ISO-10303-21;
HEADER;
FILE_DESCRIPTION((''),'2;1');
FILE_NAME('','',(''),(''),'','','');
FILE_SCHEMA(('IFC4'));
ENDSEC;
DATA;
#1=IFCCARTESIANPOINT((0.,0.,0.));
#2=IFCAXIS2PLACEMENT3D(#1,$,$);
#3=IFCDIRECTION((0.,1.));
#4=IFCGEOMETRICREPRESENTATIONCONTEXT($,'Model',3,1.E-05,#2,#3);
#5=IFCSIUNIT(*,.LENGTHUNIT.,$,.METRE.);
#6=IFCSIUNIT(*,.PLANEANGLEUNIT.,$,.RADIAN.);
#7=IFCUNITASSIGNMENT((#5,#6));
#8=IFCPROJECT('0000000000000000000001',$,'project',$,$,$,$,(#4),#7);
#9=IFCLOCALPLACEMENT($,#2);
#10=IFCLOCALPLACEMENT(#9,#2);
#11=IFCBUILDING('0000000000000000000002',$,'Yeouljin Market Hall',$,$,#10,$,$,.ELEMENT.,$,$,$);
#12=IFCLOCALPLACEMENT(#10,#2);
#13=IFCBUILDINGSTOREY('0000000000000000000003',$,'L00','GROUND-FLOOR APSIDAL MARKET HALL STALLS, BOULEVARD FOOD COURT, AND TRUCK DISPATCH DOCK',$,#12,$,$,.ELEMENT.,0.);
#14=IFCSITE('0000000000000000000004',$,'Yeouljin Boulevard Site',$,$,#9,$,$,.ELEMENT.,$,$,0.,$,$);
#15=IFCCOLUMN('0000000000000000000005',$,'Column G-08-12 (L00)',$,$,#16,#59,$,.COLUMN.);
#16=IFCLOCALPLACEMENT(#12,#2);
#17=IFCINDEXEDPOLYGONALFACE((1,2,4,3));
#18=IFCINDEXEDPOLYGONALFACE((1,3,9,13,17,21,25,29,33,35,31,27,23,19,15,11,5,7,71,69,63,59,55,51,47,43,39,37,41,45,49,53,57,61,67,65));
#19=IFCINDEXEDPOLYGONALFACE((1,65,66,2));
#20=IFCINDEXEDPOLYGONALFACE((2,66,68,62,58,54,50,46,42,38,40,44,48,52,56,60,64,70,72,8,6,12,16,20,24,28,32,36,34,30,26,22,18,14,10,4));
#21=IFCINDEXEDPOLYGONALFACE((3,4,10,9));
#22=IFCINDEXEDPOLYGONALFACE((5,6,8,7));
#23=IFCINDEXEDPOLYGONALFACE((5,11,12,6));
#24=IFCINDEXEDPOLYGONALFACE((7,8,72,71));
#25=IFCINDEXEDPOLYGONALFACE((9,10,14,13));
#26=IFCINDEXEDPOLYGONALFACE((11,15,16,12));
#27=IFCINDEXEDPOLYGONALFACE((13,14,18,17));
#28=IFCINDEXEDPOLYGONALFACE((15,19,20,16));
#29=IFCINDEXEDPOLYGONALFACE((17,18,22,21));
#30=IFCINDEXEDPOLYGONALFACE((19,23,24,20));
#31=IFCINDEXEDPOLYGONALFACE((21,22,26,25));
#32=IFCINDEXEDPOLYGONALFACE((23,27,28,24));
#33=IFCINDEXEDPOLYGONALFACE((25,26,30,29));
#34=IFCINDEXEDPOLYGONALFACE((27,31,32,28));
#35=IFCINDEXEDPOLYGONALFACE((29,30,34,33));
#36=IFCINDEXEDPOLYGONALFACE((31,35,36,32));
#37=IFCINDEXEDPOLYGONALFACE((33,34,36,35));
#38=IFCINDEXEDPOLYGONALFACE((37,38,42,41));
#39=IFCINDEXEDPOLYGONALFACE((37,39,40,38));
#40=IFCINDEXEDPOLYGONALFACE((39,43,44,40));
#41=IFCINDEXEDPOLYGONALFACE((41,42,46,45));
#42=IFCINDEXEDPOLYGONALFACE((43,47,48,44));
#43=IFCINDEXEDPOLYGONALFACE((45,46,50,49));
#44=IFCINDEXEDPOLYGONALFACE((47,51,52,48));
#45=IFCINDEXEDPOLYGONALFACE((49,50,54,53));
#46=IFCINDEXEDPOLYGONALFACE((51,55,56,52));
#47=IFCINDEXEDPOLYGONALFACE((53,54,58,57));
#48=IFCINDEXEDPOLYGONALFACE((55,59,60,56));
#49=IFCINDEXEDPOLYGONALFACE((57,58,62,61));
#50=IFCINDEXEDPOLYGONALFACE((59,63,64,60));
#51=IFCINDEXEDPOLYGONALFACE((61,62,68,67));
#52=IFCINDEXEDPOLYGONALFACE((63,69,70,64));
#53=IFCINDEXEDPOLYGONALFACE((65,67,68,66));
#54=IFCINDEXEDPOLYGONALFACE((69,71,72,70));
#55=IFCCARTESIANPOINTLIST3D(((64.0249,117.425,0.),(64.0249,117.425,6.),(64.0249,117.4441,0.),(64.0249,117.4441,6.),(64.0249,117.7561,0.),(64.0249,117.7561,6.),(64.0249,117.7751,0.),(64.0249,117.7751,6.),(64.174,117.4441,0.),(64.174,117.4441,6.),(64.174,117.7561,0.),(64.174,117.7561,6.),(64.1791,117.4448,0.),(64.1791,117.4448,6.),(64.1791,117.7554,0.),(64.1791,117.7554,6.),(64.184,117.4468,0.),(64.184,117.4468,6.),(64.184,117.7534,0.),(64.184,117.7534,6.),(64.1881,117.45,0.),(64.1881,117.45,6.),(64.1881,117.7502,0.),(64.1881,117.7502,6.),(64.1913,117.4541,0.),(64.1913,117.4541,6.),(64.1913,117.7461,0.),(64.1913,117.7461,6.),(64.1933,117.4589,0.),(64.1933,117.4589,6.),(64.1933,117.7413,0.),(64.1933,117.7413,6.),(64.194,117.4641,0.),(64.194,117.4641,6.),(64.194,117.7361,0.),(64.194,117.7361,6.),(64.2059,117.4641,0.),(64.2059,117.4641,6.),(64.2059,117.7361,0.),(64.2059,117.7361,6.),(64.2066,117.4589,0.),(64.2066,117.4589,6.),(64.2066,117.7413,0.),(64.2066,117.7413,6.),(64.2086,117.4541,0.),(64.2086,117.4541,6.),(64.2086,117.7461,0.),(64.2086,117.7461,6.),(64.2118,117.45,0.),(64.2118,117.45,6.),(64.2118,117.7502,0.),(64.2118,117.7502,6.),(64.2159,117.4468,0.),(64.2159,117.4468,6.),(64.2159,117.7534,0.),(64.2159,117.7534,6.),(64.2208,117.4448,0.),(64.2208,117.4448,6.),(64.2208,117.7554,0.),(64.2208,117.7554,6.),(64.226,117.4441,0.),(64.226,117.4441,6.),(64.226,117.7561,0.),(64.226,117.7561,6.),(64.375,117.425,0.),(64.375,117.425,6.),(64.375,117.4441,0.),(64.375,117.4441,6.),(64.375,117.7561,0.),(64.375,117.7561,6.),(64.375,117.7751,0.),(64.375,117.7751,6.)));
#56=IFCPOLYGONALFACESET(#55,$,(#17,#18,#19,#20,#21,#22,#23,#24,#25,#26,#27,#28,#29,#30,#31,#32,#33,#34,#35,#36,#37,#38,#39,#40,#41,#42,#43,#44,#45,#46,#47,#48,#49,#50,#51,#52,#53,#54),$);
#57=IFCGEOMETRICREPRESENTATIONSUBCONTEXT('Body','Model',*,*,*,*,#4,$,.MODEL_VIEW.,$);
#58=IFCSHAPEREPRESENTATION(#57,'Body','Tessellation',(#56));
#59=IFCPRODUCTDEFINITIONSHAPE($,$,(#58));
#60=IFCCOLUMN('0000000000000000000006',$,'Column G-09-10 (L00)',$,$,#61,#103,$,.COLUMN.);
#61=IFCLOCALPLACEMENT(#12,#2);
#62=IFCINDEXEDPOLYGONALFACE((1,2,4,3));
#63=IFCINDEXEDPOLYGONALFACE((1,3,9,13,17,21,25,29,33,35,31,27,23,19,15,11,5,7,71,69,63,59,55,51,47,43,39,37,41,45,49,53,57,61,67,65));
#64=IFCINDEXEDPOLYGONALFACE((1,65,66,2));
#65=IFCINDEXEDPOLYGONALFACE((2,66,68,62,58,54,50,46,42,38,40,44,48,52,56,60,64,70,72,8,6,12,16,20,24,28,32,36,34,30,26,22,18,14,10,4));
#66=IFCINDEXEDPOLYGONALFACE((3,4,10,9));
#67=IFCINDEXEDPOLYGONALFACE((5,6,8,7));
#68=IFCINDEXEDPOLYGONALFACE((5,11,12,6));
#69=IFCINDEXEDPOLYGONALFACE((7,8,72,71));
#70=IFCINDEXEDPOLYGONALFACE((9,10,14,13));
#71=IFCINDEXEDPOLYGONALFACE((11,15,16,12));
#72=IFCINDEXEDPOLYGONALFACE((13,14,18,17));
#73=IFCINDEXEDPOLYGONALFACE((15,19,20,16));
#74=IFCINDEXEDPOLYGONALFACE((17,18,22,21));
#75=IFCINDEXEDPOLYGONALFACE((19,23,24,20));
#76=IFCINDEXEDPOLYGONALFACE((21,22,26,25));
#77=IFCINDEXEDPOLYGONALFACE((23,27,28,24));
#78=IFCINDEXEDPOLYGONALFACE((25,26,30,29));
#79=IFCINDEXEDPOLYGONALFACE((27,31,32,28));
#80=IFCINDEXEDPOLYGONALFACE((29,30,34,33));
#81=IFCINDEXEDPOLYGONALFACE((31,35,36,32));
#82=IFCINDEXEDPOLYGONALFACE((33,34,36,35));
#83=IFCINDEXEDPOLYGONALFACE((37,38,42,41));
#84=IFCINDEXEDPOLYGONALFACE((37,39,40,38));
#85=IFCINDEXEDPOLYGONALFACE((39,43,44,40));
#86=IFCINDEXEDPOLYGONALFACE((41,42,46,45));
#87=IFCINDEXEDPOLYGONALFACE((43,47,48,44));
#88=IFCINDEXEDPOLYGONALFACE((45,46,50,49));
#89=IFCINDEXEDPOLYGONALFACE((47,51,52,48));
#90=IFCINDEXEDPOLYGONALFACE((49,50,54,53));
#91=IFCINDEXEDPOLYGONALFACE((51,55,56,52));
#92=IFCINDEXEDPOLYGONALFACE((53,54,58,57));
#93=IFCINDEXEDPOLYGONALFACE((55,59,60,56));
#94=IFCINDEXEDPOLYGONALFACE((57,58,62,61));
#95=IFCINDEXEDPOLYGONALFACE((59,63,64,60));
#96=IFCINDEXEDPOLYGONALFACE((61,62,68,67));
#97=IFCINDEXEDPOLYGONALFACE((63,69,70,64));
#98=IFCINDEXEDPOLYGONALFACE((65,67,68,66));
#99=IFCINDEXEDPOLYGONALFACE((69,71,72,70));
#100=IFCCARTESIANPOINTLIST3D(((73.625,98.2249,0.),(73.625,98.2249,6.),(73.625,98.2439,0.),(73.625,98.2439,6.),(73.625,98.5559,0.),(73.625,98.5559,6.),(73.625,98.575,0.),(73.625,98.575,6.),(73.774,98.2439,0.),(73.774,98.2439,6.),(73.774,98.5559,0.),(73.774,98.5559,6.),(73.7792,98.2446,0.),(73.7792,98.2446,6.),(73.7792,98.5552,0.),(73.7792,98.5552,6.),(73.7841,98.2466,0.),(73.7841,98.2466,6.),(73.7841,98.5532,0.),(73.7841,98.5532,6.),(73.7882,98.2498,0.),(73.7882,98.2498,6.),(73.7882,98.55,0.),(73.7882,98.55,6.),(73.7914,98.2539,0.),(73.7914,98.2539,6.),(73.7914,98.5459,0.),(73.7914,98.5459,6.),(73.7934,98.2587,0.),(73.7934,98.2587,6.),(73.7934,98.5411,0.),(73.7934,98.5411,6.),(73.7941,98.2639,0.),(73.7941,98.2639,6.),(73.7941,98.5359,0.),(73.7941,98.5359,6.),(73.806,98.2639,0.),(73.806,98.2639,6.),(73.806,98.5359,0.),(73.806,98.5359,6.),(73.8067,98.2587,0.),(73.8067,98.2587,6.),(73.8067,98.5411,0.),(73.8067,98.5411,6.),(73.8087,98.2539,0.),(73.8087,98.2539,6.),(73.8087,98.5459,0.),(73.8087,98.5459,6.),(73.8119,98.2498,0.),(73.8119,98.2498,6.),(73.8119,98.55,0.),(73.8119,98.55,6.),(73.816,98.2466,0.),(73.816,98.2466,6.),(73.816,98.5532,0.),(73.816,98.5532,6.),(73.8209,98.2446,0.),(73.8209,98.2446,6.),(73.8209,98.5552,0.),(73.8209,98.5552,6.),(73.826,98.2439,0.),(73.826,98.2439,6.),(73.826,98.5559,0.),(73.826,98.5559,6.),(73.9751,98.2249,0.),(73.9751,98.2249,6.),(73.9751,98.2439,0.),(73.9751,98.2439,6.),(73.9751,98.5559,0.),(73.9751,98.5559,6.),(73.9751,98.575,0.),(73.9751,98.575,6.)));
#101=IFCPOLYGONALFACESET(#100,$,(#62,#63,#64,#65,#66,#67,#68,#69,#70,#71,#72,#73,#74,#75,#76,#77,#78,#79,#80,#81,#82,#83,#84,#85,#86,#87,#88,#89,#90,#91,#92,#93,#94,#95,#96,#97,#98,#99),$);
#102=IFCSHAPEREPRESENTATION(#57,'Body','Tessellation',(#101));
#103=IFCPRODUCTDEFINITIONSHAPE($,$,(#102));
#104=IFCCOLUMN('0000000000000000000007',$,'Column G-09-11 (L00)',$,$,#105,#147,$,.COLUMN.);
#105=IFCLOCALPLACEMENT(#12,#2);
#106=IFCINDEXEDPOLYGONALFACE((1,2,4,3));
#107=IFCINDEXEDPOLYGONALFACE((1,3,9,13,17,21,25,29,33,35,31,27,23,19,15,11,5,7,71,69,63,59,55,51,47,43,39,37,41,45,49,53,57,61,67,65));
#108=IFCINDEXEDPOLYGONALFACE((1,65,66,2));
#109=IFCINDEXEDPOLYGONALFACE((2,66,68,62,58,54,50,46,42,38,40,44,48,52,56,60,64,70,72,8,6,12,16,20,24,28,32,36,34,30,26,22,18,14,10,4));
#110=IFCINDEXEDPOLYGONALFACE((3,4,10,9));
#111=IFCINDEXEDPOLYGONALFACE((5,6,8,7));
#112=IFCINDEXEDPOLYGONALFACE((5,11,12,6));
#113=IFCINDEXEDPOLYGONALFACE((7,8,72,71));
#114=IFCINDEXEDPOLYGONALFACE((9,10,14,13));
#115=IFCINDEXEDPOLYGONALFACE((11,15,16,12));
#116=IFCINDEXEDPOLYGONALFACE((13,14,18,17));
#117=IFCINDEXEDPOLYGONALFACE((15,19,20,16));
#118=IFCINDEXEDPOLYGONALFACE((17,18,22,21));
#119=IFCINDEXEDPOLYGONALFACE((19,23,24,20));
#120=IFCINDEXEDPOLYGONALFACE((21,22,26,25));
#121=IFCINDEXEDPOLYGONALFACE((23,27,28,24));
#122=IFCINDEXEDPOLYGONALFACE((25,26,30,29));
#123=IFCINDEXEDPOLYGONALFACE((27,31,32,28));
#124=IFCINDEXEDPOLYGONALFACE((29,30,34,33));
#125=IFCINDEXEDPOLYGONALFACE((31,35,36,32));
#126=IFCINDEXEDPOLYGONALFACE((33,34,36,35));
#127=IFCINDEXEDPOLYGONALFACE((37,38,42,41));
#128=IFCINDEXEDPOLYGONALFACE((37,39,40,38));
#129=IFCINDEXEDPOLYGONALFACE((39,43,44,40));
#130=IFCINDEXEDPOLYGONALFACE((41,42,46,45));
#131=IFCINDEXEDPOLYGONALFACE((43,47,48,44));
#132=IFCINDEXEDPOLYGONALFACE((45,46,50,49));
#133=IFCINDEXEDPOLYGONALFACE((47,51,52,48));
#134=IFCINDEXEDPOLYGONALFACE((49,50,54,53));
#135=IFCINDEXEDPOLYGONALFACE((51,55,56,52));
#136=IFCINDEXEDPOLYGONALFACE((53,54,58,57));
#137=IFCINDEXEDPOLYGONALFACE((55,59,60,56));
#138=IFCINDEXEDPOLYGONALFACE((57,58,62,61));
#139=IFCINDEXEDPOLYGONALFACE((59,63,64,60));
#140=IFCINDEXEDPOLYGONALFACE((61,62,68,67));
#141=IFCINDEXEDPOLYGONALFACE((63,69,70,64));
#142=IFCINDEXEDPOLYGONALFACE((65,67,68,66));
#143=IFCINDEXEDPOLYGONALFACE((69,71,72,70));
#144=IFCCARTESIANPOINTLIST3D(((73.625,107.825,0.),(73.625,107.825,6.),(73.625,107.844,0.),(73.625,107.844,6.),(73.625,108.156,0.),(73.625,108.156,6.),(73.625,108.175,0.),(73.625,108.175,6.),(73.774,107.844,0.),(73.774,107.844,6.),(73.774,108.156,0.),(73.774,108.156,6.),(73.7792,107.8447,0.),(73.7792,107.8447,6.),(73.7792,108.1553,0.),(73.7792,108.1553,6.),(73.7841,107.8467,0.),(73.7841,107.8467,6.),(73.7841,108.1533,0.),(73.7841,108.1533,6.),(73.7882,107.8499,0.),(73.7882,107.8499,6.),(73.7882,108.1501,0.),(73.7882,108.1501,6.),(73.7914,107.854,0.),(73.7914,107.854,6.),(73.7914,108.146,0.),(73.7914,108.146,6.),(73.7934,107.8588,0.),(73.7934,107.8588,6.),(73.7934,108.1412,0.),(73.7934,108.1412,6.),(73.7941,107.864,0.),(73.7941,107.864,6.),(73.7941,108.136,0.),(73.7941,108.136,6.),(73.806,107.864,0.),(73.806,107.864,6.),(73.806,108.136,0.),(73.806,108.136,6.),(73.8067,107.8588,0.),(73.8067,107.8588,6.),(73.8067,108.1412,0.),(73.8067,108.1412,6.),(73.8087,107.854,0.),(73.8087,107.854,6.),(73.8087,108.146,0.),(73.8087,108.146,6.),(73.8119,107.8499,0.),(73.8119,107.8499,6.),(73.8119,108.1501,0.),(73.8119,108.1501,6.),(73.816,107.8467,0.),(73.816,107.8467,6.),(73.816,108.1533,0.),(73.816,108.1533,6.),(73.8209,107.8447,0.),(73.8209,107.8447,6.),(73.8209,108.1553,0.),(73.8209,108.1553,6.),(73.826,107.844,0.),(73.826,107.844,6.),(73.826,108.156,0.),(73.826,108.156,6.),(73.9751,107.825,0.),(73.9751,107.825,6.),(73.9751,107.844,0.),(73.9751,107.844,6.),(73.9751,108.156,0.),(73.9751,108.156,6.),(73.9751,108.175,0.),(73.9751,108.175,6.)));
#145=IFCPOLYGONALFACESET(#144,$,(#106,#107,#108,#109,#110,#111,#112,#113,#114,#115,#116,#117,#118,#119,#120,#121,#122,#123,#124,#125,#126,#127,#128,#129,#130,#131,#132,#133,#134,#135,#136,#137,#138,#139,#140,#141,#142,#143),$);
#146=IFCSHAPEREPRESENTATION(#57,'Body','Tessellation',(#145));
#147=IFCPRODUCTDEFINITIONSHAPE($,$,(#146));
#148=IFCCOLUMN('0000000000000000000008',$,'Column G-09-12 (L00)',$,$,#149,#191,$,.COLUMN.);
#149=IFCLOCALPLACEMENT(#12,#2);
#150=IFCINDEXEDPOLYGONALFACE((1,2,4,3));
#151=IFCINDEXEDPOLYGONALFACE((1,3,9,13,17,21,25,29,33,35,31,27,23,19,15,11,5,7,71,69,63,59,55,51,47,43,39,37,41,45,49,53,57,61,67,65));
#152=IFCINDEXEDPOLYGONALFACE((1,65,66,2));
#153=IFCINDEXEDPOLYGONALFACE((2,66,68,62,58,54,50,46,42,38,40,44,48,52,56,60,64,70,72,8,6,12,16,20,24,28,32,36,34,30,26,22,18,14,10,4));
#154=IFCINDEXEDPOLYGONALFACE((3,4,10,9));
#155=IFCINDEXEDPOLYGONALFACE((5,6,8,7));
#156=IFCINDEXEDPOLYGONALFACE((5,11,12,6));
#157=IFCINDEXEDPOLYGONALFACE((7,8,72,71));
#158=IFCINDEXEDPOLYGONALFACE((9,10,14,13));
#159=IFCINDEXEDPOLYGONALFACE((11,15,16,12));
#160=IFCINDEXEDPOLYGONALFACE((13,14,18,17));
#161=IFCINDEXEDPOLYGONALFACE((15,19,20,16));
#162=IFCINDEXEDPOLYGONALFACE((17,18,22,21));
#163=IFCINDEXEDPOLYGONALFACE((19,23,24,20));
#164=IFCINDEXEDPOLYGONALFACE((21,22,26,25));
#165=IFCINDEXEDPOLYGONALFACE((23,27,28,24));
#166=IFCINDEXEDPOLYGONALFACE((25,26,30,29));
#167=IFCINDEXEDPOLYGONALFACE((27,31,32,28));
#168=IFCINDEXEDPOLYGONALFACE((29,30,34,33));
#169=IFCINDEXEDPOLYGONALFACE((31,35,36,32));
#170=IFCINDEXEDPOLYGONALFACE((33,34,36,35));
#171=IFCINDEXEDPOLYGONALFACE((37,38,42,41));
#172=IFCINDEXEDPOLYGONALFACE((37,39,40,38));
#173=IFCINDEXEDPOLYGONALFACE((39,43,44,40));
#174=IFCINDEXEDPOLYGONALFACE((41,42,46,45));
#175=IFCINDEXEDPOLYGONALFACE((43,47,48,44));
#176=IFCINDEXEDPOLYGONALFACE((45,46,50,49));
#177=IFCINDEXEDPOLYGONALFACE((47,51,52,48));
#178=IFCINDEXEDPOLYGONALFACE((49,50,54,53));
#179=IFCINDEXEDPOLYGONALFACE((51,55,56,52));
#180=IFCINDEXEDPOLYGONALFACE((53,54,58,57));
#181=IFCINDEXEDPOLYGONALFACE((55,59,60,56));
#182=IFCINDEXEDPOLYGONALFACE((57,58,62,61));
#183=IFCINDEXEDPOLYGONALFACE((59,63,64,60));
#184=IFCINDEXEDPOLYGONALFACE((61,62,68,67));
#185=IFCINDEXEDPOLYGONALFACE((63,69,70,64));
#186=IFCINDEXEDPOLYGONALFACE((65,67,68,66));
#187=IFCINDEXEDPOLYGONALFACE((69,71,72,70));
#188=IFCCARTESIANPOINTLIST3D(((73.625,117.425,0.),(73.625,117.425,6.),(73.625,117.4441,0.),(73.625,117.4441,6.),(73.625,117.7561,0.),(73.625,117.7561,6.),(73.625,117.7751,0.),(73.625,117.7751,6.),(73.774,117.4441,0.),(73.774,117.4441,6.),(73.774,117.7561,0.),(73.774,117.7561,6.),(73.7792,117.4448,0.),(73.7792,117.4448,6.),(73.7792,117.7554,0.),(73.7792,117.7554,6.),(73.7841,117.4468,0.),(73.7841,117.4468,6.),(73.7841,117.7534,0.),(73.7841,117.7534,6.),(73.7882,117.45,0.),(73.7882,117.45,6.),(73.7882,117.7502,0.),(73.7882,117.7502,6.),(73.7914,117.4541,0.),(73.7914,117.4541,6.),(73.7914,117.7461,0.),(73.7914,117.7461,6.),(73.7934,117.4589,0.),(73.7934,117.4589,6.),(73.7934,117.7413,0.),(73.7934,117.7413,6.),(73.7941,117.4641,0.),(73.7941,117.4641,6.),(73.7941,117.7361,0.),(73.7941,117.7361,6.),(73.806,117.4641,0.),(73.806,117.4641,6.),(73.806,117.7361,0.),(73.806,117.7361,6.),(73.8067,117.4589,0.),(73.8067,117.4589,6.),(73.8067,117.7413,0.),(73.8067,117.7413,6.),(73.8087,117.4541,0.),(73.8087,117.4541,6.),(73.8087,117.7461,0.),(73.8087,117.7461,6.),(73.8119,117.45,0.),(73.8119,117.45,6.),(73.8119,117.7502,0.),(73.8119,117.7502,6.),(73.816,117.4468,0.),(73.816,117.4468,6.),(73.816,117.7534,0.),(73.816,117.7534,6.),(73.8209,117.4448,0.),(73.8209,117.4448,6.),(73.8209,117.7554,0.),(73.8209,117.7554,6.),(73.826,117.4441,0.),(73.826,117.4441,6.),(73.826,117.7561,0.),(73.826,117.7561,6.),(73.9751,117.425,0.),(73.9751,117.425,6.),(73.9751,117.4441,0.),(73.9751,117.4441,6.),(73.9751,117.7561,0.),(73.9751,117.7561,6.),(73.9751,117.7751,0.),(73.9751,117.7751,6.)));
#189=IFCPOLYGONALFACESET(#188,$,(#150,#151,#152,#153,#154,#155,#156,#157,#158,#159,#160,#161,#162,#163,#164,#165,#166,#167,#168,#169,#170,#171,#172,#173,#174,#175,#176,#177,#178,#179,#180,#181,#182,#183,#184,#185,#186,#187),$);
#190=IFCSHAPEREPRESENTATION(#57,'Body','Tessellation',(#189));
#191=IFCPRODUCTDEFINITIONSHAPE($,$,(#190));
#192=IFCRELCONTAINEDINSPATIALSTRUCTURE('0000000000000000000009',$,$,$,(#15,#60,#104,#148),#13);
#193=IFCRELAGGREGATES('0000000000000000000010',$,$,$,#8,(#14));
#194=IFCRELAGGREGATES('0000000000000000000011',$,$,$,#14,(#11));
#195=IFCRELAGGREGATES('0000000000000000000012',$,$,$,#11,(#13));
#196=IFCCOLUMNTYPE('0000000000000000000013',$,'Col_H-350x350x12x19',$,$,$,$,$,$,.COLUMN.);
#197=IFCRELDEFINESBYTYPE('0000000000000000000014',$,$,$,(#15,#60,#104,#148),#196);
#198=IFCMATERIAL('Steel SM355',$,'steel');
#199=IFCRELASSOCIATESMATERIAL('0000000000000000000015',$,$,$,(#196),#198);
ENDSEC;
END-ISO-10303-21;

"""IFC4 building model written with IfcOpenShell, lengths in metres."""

from ifc_helpers import new_model, si_unit, direction, frame, origin, origin_2d, place, context, subcontext, project, spatial, i_section, extrude, material, material_profile, profile_set, type_object, element, save


model = new_model("IFC4")

# Units and contexts
model_context = context("Model", 3, precision=1e-05, world=origin(), true_north=direction((0.0, 1.0)))
body_context = subcontext(model_context, "Body", "Model", "MODEL_VIEW")
ifc_project = project(units=[si_unit("LENGTHUNIT", "METRE"), si_unit("PLANEANGLEUNIT", "RADIAN")], contexts=[model_context])

# Site, building, storey
site_placement = place(None, origin())
site = spatial("IfcSite", under=ifc_project, at=site_placement, Name="Yeouljin Boulevard Site", CompositionType="ELEMENT", RefElevation=0.0)
building_placement = place(site_placement, origin())
building = spatial("IfcBuilding", under=site, at=building_placement, Name="Yeouljin Market Hall", CompositionType="ELEMENT")
storey_placement = place(building_placement, origin())
storey = spatial("IfcBuildingStorey", under=building, at=storey_placement, Name="L00", Description="GROUND-FLOOR APSIDAL MARKET HALL STALLS, BOULEVARD FOOD COURT, AND TRUCK DISPATCH DOCK", CompositionType="ELEMENT", Elevation=0.0)

# Columns
ifc_material_1 = material(Name="Steel SM355", Category="steel")
ifc_material_profile_1 = material_profile(ifc_material_1, i_section(OverallWidth=0.3501, OverallDepth=0.3501, WebThickness=0.012, FlangeThickness=0.019, FilletRadius=0.02, at=origin_2d()), Name="H-350x350x12x19")
ifc_profile_set_1 = profile_set([ifc_material_profile_1], Name="Steel SM355")
column_type_1 = type_object("IfcColumnType", Name="Col_H-350x350x12x19", PredefinedType="COLUMN", material=ifc_profile_set_1)
for number, where, z_axis, x_axis, name in (
    (1, (64.2, 117.6001, 0.0), (0.0, 0.0, 1.0), (1.0, 0.0, 0.0), "Column G-08-12 (L00)"),
    (2, (73.8, 98.3999, 0.0), (0.0, 0.0, 1.0), (1.0, 0.0, 0.0), "Column G-09-10 (L00)"),
    (3, (73.8, 108.0, 0.0), (0.0, 0.0, 1.0), (1.0, 0.0, 0.0), "Column G-09-11 (L00)"),
    (4, (73.8, 117.6001, 0.0), (0.0, 0.0, 1.0), (1.0, 0.0, 0.0), "Column G-09-12 (L00)"),
):
    element("IfcColumn", number, at=place(storey_placement, frame(where, z_axis=z_axis, x_axis=x_axis)), inside=storey, type_object=column_type_1, Name=name, PredefinedType="COLUMN", context=body_context, shape_type="SweptSolid", body=[
        extrude(i_section(OverallWidth=0.3501, OverallDepth=0.3501, WebThickness=0.012, FlangeThickness=0.019, FilletRadius=0.02, at=origin_2d()), origin(), (0.0, 0.0, 1.0), 6.0),
    ])

save(model, "model.ifc")
